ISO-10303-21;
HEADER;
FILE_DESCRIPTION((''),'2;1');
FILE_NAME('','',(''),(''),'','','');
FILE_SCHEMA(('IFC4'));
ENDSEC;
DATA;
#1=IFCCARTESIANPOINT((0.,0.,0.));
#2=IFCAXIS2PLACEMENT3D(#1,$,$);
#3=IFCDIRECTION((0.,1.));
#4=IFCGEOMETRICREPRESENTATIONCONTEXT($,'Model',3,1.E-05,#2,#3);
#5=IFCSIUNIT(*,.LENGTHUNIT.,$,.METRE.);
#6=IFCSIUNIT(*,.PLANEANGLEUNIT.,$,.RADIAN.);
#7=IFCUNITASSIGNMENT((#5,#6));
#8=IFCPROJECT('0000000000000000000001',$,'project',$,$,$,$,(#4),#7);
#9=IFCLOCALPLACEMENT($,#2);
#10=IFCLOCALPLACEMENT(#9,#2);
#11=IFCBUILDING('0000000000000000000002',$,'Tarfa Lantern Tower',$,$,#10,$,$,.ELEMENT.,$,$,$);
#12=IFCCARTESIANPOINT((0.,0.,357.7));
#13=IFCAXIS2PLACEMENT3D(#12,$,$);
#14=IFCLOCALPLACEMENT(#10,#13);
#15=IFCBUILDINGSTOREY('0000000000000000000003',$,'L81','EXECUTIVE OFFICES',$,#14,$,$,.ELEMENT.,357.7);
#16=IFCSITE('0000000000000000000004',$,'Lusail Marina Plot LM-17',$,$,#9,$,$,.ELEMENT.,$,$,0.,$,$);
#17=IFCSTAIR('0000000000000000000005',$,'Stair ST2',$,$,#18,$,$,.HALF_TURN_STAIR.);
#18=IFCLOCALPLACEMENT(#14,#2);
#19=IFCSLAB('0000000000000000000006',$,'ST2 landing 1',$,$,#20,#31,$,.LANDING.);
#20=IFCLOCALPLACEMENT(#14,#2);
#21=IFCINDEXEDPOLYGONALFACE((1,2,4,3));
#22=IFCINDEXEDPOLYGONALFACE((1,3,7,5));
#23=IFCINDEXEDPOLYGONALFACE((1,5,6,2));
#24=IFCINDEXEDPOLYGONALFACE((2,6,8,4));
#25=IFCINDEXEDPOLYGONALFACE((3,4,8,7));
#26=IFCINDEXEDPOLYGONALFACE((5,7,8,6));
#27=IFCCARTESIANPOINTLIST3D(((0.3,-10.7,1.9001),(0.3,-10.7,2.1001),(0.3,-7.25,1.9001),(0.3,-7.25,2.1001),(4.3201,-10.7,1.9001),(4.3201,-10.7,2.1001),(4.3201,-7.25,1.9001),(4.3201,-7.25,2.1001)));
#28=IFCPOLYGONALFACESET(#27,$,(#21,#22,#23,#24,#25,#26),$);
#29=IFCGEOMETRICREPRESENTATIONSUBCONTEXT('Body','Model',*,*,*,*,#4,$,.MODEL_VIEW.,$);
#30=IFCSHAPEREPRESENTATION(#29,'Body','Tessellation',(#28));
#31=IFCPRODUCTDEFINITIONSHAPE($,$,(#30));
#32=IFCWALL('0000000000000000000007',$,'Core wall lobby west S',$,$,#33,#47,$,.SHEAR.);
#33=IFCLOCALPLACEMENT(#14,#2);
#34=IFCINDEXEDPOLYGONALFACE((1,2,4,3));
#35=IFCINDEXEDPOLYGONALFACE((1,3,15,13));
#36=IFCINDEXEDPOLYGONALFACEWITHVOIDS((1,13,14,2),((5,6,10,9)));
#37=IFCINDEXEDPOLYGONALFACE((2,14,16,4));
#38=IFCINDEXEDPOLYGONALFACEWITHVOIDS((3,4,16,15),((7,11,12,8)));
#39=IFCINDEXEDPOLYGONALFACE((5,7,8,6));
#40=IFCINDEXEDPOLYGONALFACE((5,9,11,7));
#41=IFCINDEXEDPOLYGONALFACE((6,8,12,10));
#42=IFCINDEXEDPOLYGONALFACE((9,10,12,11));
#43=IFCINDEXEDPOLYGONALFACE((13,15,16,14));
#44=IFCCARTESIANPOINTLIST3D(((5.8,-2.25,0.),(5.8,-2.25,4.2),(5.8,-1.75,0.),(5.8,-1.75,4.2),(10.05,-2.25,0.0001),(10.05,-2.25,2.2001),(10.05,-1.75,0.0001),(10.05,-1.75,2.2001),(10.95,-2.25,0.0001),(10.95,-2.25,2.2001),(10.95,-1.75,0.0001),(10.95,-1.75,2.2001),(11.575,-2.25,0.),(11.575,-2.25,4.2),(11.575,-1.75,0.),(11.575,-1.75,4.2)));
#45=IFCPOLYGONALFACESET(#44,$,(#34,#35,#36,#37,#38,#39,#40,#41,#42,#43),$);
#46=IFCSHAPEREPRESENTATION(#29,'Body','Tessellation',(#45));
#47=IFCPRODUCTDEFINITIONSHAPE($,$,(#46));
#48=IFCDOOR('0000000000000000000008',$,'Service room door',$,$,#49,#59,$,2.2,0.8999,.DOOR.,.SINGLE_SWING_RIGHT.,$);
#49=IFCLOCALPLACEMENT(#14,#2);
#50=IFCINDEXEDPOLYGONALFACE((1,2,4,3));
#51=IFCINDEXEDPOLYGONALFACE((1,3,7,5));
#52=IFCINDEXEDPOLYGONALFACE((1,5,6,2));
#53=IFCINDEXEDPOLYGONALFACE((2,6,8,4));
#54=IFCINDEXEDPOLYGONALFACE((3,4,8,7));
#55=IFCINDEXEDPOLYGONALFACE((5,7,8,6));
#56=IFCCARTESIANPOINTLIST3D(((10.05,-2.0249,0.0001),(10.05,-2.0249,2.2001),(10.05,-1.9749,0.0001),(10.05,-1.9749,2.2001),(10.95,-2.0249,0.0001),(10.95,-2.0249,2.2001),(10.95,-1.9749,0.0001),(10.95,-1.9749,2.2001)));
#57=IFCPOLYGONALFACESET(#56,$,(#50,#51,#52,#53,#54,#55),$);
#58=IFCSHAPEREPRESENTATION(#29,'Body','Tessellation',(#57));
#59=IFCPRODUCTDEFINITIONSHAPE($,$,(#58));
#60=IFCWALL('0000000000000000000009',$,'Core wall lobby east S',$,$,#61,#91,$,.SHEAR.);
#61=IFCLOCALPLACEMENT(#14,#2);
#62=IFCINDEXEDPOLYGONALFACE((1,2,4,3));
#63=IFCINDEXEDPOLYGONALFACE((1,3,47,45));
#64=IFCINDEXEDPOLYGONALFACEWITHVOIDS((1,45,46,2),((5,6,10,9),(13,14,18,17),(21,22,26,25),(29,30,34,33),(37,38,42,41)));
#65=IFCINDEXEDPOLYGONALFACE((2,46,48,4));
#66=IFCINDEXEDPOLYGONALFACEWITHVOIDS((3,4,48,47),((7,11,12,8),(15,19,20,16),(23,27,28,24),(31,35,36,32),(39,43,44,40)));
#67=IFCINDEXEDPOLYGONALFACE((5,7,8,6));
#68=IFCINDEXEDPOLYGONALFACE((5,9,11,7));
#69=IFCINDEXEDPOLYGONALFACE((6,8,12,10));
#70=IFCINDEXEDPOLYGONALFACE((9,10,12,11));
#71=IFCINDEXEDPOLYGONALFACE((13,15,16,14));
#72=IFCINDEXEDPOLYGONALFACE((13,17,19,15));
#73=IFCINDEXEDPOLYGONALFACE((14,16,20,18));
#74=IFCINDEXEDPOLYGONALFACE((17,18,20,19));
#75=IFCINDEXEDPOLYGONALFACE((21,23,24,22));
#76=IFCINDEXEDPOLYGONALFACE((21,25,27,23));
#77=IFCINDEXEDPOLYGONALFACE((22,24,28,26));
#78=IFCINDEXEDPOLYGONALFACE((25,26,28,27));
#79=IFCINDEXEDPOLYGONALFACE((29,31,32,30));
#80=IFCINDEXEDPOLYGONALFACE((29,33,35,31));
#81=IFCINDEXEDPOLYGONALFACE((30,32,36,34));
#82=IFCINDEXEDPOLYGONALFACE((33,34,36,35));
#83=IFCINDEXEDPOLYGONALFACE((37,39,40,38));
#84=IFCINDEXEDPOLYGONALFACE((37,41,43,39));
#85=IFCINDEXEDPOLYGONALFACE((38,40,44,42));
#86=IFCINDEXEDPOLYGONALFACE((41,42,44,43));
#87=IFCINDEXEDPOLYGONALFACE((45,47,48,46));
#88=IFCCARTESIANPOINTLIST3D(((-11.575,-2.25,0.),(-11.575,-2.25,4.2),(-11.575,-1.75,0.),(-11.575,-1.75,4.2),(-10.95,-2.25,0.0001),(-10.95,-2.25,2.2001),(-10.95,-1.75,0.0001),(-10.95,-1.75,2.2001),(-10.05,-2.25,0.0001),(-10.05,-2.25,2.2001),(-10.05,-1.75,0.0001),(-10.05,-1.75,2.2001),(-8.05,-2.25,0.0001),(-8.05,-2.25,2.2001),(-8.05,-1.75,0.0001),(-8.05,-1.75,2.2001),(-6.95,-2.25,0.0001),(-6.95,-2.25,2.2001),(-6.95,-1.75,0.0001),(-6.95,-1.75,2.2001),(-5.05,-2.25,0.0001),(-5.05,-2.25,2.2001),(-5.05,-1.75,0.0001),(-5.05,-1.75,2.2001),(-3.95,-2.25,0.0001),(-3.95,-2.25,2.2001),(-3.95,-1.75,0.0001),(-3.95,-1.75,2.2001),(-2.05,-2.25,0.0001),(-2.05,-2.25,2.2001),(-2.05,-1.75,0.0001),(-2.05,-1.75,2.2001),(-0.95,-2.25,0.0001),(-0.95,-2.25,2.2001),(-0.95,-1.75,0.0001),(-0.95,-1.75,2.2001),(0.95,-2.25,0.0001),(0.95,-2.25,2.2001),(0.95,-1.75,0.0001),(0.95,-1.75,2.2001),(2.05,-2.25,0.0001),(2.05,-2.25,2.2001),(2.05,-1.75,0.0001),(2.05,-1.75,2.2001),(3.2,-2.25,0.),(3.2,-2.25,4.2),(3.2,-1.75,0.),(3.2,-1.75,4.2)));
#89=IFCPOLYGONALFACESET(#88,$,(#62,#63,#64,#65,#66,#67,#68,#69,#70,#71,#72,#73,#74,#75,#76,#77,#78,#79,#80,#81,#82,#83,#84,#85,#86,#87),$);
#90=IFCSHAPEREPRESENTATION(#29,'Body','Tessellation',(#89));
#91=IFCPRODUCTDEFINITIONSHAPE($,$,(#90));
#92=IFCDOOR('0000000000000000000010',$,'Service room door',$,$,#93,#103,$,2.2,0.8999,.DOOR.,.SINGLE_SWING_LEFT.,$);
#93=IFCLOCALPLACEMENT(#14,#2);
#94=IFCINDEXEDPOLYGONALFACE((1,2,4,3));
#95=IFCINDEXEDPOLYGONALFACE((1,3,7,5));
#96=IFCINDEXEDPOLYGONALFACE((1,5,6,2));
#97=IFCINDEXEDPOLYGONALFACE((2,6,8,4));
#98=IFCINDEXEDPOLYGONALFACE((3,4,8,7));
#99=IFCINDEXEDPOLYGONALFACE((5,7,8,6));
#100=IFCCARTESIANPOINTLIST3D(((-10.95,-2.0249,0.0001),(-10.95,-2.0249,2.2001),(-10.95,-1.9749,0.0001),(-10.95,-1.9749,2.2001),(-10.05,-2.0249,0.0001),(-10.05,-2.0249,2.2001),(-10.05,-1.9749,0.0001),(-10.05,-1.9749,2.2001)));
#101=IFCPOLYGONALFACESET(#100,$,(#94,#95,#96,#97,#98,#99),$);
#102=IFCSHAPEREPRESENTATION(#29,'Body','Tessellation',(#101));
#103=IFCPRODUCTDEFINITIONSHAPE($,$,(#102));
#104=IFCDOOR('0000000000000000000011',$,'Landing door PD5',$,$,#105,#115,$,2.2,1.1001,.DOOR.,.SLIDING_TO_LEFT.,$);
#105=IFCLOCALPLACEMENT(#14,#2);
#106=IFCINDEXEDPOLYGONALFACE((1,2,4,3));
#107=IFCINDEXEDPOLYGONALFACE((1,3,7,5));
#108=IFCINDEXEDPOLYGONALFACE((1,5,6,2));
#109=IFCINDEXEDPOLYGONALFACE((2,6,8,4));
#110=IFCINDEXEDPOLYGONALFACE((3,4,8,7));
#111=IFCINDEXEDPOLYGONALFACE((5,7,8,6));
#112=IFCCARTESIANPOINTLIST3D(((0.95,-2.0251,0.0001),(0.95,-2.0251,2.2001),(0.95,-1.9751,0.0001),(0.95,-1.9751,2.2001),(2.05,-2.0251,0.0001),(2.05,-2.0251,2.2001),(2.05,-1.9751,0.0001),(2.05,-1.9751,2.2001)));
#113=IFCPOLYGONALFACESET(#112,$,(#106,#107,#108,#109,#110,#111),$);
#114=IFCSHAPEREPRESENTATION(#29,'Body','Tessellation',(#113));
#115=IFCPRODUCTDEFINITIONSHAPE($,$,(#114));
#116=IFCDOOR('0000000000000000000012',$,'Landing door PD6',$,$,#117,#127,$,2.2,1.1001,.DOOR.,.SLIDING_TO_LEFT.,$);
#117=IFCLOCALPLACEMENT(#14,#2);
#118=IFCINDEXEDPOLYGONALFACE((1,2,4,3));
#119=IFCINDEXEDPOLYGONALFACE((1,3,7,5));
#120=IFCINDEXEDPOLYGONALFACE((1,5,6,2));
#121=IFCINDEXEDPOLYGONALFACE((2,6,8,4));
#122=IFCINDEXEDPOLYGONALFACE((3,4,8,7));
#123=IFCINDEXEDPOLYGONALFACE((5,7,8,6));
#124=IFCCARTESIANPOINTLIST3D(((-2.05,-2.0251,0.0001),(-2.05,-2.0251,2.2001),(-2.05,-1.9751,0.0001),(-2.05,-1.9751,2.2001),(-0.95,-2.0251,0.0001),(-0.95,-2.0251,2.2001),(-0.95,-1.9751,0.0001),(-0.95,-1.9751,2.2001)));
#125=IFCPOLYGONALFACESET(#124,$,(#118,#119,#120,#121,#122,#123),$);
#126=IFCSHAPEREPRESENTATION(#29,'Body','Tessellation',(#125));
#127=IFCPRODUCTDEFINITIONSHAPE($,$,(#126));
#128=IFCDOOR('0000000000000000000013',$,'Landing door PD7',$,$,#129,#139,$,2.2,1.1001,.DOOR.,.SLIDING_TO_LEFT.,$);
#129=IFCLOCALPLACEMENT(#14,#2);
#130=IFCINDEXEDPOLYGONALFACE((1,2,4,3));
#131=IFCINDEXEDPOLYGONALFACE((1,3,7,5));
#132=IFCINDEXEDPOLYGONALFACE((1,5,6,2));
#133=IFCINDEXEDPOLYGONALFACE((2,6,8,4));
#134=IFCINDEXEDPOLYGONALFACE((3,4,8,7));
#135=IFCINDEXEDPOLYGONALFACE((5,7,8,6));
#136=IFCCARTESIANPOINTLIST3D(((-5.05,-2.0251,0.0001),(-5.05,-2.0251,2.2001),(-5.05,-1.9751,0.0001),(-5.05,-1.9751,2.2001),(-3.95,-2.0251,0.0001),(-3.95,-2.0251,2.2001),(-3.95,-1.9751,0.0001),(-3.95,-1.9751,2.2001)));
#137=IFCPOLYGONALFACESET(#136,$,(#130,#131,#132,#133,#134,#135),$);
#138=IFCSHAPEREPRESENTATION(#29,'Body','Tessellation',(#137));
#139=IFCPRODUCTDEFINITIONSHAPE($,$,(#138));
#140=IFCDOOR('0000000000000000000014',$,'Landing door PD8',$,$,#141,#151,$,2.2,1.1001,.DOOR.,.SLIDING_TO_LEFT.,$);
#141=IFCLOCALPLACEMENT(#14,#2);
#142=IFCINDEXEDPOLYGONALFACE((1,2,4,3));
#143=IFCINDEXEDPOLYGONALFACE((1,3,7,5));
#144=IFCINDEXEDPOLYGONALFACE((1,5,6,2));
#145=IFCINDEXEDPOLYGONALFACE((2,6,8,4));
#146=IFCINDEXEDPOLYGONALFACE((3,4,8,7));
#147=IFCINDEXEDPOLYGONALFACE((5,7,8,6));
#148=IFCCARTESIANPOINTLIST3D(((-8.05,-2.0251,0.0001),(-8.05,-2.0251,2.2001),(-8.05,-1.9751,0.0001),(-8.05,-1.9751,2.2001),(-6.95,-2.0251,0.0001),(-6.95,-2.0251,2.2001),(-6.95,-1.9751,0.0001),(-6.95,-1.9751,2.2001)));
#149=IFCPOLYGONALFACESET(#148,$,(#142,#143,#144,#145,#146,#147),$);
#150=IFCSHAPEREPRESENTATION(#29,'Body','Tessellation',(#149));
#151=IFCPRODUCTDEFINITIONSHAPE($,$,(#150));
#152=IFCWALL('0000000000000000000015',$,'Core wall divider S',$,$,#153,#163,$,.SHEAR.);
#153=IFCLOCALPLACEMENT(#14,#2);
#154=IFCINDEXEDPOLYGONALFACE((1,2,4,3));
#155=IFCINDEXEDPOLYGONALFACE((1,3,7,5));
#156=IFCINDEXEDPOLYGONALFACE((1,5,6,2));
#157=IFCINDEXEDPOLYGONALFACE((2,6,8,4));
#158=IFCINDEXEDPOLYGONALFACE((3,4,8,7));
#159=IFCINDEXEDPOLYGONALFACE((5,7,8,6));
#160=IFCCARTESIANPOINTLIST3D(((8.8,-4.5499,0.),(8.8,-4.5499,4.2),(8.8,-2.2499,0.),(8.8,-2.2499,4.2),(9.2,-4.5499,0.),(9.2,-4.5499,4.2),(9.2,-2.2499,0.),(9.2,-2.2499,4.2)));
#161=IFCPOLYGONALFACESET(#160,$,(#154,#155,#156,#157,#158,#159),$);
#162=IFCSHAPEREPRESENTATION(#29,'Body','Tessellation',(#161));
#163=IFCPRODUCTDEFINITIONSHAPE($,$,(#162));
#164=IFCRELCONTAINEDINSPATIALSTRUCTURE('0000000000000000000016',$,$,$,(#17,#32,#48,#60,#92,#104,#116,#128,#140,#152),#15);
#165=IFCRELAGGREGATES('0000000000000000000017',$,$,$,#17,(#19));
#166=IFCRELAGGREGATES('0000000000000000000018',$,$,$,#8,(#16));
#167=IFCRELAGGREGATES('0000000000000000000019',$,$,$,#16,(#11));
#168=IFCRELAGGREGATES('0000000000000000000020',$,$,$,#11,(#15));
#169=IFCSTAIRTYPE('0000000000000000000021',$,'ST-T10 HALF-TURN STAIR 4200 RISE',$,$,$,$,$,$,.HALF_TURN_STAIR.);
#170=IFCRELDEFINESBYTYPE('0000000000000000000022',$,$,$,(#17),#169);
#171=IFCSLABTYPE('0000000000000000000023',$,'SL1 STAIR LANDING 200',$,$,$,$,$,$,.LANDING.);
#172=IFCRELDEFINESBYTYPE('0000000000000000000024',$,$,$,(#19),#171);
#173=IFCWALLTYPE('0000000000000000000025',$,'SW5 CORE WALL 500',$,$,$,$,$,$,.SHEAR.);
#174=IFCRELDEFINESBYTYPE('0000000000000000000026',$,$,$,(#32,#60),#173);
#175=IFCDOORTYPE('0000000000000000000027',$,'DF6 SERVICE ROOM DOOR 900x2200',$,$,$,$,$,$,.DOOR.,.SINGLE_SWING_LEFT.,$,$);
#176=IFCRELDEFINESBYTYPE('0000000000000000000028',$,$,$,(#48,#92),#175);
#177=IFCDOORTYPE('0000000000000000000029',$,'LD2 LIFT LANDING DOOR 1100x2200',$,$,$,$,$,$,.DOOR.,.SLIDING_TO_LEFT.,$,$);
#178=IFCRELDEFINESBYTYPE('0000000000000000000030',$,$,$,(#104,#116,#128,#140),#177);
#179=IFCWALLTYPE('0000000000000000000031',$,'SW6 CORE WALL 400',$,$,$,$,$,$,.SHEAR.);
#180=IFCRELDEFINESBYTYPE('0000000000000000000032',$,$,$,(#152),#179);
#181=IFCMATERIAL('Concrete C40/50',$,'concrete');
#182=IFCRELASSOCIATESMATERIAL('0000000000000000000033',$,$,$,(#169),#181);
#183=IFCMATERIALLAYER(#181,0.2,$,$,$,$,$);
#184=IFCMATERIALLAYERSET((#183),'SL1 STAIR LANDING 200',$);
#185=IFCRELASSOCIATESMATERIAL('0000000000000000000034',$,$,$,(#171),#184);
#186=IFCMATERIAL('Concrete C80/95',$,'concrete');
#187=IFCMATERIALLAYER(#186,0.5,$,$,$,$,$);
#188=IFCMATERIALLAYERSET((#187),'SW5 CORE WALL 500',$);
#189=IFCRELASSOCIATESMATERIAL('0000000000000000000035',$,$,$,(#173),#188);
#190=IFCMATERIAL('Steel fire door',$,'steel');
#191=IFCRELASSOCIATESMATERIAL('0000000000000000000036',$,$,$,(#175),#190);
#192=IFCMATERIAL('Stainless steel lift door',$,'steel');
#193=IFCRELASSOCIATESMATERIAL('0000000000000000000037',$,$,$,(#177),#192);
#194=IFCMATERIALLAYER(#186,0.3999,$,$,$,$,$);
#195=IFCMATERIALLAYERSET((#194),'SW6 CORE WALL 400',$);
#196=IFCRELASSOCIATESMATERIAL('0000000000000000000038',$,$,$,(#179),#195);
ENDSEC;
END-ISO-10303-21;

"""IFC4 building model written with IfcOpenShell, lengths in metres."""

from ifc_helpers import new_model, si_unit, direction, frame, frame_2d, origin, place, context, subcontext, project, spatial, polyline, rectangle, outline, extrude, material, layer, layer_set, type_object, element, fill, aggregate, save


model = new_model("IFC4")

# Units and contexts
model_context = context("Model", 3, precision=1e-05, world=origin(), true_north=direction((0.0, 1.0)))
body_context = subcontext(model_context, "Body", "Model", "MODEL_VIEW")
ifc_project = project(units=[si_unit("LENGTHUNIT", "METRE"), si_unit("PLANEANGLEUNIT", "RADIAN")], contexts=[model_context])

# Site, building, storey
site_placement = place(None, origin())
site = spatial("IfcSite", under=ifc_project, at=site_placement, Name="Lusail Marina Plot LM-17", CompositionType="ELEMENT", RefElevation=0.0)
building_placement = place(site_placement, origin())
building = spatial("IfcBuilding", under=site, at=building_placement, Name="Tarfa Lantern Tower", CompositionType="ELEMENT")
storey_placement = place(building_placement, frame((0.0, 0.0, 357.7)))
storey = spatial("IfcBuildingStorey", under=building, at=storey_placement, Name="L81", Description="EXECUTIVE OFFICES", CompositionType="ELEMENT", Elevation=357.7)

# Stair, slab
ifc_material_1 = material(Name="Concrete C40/50", Category="concrete")
stair_type = type_object("IfcStairType", Name="ST-T10 HALF-TURN STAIR 4200 RISE", PredefinedType="HALF_TURN_STAIR", material=ifc_material_1)
stair_placement = place(storey_placement, origin())
stair = element("IfcStair", 1, at=stair_placement, inside=storey, type_object=stair_type, Name="Stair ST2", PredefinedType="HALF_TURN_STAIR")
ifc_layer_1 = layer(ifc_material_1, 0.2)
ifc_layer_set_1 = layer_set([ifc_layer_1], Name="SL1 STAIR LANDING 200")
slab_type = type_object("IfcSlabType", Name="SL1 STAIR LANDING 200", PredefinedType="LANDING", material=ifc_layer_set_1)
slab_placement = place(storey_placement, frame((0.0, 0.0, 1.9001)))
slab = element("IfcSlab", 2, at=slab_placement, type_object=slab_type, Name="ST2 landing 1", PredefinedType="LANDING", context=body_context, shape_type="SweptSolid", body=[
    extrude(outline(polyline([(4.3201, -7.25), (0.3, -7.25), (0.3, -10.7), (4.3201, -10.7), (4.3201, -7.25)])), origin(), (0.0, 0.0, 1.0), 0.2),
])
aggregate(stair, [slab])

# Wall, opening, door
ifc_material_2 = material(Name="Concrete C80/95", Category="concrete")
ifc_layer_2 = layer(ifc_material_2, 0.5)
ifc_layer_set_2 = layer_set([ifc_layer_2], Name="SW5 CORE WALL 500")
wall_type_1 = type_object("IfcWallType", Name="SW5 CORE WALL 500", PredefinedType="SHEAR", material=ifc_layer_set_2)
wall_1_placement = place(storey_placement, frame((11.575, -2.0, 0.0), z_axis=(0.0, 0.0, 1.0), x_axis=(-1.0, 0.0, 0.0)))
wall_1 = element("IfcWall", 3, at=wall_1_placement, inside=storey, type_object=wall_type_1, Name="Core wall lobby west S", PredefinedType="SHEAR", context=body_context, shape_type="SweptSolid", body=[
    extrude(rectangle(XDim=5.7749, YDim=0.5, at=frame_2d((2.8875, 0.0))), origin(), (0.0, 0.0, 1.0), 4.2),
])
opening_1_placement = place(wall_1_placement, frame((0.625, 0.0, 0.0)))
opening_1 = element("IfcOpeningElement", 4, at=opening_1_placement, cuts=wall_1, PredefinedType="OPENING", context=body_context, shape_type="SweptSolid", body=[
    extrude(rectangle(XDim=0.8999, YDim=2.2, at=frame_2d((0.45, 1.1001))), frame((0.0, 0.26, 0.0), z_axis=(0.0, -1.0, 0.0), x_axis=(1.0, 0.0, 0.0)), (0.0, 0.0, 1.0), 0.52),
])
ifc_material_3 = material(Name="Steel fire door", Category="steel")
door_type_1 = type_object("IfcDoorType", Name="DF6 SERVICE ROOM DOOR 900x2200", OperationType="SINGLE_SWING_LEFT", PredefinedType="DOOR", material=ifc_material_3)
door_1_placement = place(opening_1_placement, origin())
door_1 = element("IfcDoor", 5, at=door_1_placement, inside=storey, type_object=door_type_1, Name="Service room door", OperationType="SINGLE_SWING_RIGHT", OverallHeight=2.2, OverallWidth=0.8999, PredefinedType="DOOR", context=body_context, shape_type="SweptSolid", body=[
    extrude(rectangle(XDim=0.8999, YDim=2.2, at=frame_2d((0.45, 1.1001))), frame((0.0, 0.0249, 0.0), z_axis=(0.0, -1.0, 0.0), x_axis=(1.0, 0.0, 0.0)), (0.0, 0.0, 1.0), 0.05),
])
fill(opening_1, door_1)

# Wall, openings, doors
wall_2_placement = place(storey_placement, frame((3.2, -2.0, 0.0), z_axis=(0.0, 0.0, 1.0), x_axis=(-1.0, 0.0, 0.0)))
wall_2 = element("IfcWall", 6, at=wall_2_placement, inside=storey, type_object=wall_type_1, Name="Core wall lobby east S", PredefinedType="SHEAR", context=body_context, shape_type="SweptSolid", body=[
    extrude(rectangle(XDim=14.7749, YDim=0.5, at=frame_2d((7.3875, 0.0))), origin(), (0.0, 0.0, 1.0), 4.2),
])
opening_2_placement = place(wall_2_placement, frame((13.25, 0.0, 0.0)))
opening_2 = element("IfcOpeningElement", 7, at=opening_2_placement, cuts=wall_2, PredefinedType="OPENING", context=body_context, shape_type="SweptSolid", body=[
    extrude(rectangle(XDim=0.8999, YDim=2.2, at=frame_2d((0.45, 1.1001))), frame((0.0, 0.26, 0.0), z_axis=(0.0, -1.0, 0.0), x_axis=(1.0, 0.0, 0.0)), (0.0, 0.0, 1.0), 0.52),
])
opening_3_placement = place(wall_2_placement, frame((1.1499, 0.0, 0.0)))
opening_3 = element("IfcOpeningElement", 8, at=opening_3_placement, cuts=wall_2, PredefinedType="OPENING", context=body_context, shape_type="SweptSolid", body=[
    extrude(rectangle(XDim=1.1001, YDim=2.2, at=frame_2d((0.55, 1.1001))), frame((0.0, 0.26, 0.0), z_axis=(0.0, -1.0, 0.0), x_axis=(1.0, 0.0, 0.0)), (0.0, 0.0, 1.0), 0.52),
])
opening_4_placement = place(wall_2_placement, frame((4.1499, 0.0, 0.0)))
opening_4 = element("IfcOpeningElement", 9, at=opening_4_placement, cuts=wall_2, PredefinedType="OPENING", context=body_context, shape_type="SweptSolid", body=[
    extrude(rectangle(XDim=1.1001, YDim=2.2, at=frame_2d((0.55, 1.1001))), frame((0.0, 0.26, 0.0), z_axis=(0.0, -1.0, 0.0), x_axis=(1.0, 0.0, 0.0)), (0.0, 0.0, 1.0), 0.52),
])
opening_5_placement = place(wall_2_placement, frame((7.1499, 0.0, 0.0)))
opening_5 = element("IfcOpeningElement", 10, at=opening_5_placement, cuts=wall_2, PredefinedType="OPENING", context=body_context, shape_type="SweptSolid", body=[
    extrude(rectangle(XDim=1.1001, YDim=2.2, at=frame_2d((0.55, 1.1001))), frame((0.0, 0.26, 0.0), z_axis=(0.0, -1.0, 0.0), x_axis=(1.0, 0.0, 0.0)), (0.0, 0.0, 1.0), 0.52),
])
opening_6_placement = place(wall_2_placement, frame((10.1499, 0.0, 0.0)))
opening_6 = element("IfcOpeningElement", 11, at=opening_6_placement, cuts=wall_2, PredefinedType="OPENING", context=body_context, shape_type="SweptSolid", body=[
    extrude(rectangle(XDim=1.1001, YDim=2.2, at=frame_2d((0.55, 1.1001))), frame((0.0, 0.26, 0.0), z_axis=(0.0, -1.0, 0.0), x_axis=(1.0, 0.0, 0.0)), (0.0, 0.0, 1.0), 0.52),
])
door_2_placement = place(opening_2_placement, origin())
door_2 = element("IfcDoor", 12, at=door_2_placement, inside=storey, type_object=door_type_1, Name="Service room door", OperationType="SINGLE_SWING_LEFT", OverallHeight=2.2, OverallWidth=0.8999, PredefinedType="DOOR", context=body_context, shape_type="SweptSolid", body=[
    extrude(rectangle(XDim=0.8999, YDim=2.2, at=frame_2d((0.45, 1.1001))), frame((0.0, 0.0249, 0.0), z_axis=(0.0, -1.0, 0.0), x_axis=(1.0, 0.0, 0.0)), (0.0, 0.0, 1.0), 0.05),
])
fill(opening_2, door_2)
ifc_material_4 = material(Name="Stainless steel lift door", Category="steel")
door_type_2 = type_object("IfcDoorType", Name="LD2 LIFT LANDING DOOR 1100x2200", OperationType="SLIDING_TO_LEFT", PredefinedType="DOOR", material=ifc_material_4)
door_3_placement = place(opening_3_placement, frame((1.1001, 0.0, 0.0), z_axis=(0.0, 0.0, 1.0), x_axis=(-1.0, 0.0, 0.0)))
door_3 = element("IfcDoor", 13, at=door_3_placement, inside=storey, type_object=door_type_2, Name="Landing door PD5", OperationType="SLIDING_TO_LEFT", OverallHeight=2.2, OverallWidth=1.1001, PredefinedType="DOOR", context=body_context, shape_type="SweptSolid", body=[
    extrude(rectangle(XDim=1.1001, YDim=2.2, at=frame_2d((0.55, 1.1001))), frame((0.0, 0.0249, 0.0), z_axis=(0.0, -1.0, 0.0), x_axis=(1.0, 0.0, 0.0)), (0.0, 0.0, 1.0), 0.05),
])
fill(opening_3, door_3)
door_4_placement = place(opening_4_placement, frame((1.1001, 0.0, 0.0), z_axis=(0.0, 0.0, 1.0), x_axis=(-1.0, 0.0, 0.0)))
door_4 = element("IfcDoor", 14, at=door_4_placement, inside=storey, type_object=door_type_2, Name="Landing door PD6", OperationType="SLIDING_TO_LEFT", OverallHeight=2.2, OverallWidth=1.1001, PredefinedType="DOOR", context=body_context, shape_type="SweptSolid", body=[
    extrude(rectangle(XDim=1.1001, YDim=2.2, at=frame_2d((0.55, 1.1001))), frame((0.0, 0.0249, 0.0), z_axis=(0.0, -1.0, 0.0), x_axis=(1.0, 0.0, 0.0)), (0.0, 0.0, 1.0), 0.05),
])
fill(opening_4, door_4)
door_5_placement = place(opening_5_placement, frame((1.1001, 0.0, 0.0), z_axis=(0.0, 0.0, 1.0), x_axis=(-1.0, 0.0, 0.0)))
door_5 = element("IfcDoor", 15, at=door_5_placement, inside=storey, type_object=door_type_2, Name="Landing door PD7", OperationType="SLIDING_TO_LEFT", OverallHeight=2.2, OverallWidth=1.1001, PredefinedType="DOOR", context=body_context, shape_type="SweptSolid", body=[
    extrude(rectangle(XDim=1.1001, YDim=2.2, at=frame_2d((0.55, 1.1001))), frame((0.0, 0.0249, 0.0), z_axis=(0.0, -1.0, 0.0), x_axis=(1.0, 0.0, 0.0)), (0.0, 0.0, 1.0), 0.05),
])
fill(opening_5, door_5)
door_6_placement = place(opening_6_placement, frame((1.1001, 0.0, 0.0), z_axis=(0.0, 0.0, 1.0), x_axis=(-1.0, 0.0, 0.0)))
door_6 = element("IfcDoor", 16, at=door_6_placement, inside=storey, type_object=door_type_2, Name="Landing door PD8", OperationType="SLIDING_TO_LEFT", OverallHeight=2.2, OverallWidth=1.1001, PredefinedType="DOOR", context=body_context, shape_type="SweptSolid", body=[
    extrude(rectangle(XDim=1.1001, YDim=2.2, at=frame_2d((0.55, 1.1001))), frame((0.0, 0.0249, 0.0), z_axis=(0.0, -1.0, 0.0), x_axis=(1.0, 0.0, 0.0)), (0.0, 0.0, 1.0), 0.05),
])
fill(opening_6, door_6)

# Wall
ifc_layer_3 = layer(ifc_material_2, 0.3999)
ifc_layer_set_3 = layer_set([ifc_layer_3], Name="SW6 CORE WALL 400")
wall_type_2 = type_object("IfcWallType", Name="SW6 CORE WALL 400", PredefinedType="SHEAR", material=ifc_layer_set_3)
for number, where, z_axis, x_axis, name in (
    (17, (9.0, -2.25, 0.0), (0.0, 0.0, 1.0), (0.0, -1.0, 0.0), "Core wall divider S"),
):
    element("IfcWall", number, at=place(storey_placement, frame(where, z_axis=z_axis, x_axis=x_axis)), inside=storey, type_object=wall_type_2, Name=name, PredefinedType="SHEAR", context=body_context, shape_type="SweptSolid", body=[
        extrude(rectangle(XDim=2.3, YDim=0.3999, at=frame_2d((1.1499, 0.0))), origin(), (0.0, 0.0, 1.0), 4.2),
    ])

save(model, "model.ifc")
